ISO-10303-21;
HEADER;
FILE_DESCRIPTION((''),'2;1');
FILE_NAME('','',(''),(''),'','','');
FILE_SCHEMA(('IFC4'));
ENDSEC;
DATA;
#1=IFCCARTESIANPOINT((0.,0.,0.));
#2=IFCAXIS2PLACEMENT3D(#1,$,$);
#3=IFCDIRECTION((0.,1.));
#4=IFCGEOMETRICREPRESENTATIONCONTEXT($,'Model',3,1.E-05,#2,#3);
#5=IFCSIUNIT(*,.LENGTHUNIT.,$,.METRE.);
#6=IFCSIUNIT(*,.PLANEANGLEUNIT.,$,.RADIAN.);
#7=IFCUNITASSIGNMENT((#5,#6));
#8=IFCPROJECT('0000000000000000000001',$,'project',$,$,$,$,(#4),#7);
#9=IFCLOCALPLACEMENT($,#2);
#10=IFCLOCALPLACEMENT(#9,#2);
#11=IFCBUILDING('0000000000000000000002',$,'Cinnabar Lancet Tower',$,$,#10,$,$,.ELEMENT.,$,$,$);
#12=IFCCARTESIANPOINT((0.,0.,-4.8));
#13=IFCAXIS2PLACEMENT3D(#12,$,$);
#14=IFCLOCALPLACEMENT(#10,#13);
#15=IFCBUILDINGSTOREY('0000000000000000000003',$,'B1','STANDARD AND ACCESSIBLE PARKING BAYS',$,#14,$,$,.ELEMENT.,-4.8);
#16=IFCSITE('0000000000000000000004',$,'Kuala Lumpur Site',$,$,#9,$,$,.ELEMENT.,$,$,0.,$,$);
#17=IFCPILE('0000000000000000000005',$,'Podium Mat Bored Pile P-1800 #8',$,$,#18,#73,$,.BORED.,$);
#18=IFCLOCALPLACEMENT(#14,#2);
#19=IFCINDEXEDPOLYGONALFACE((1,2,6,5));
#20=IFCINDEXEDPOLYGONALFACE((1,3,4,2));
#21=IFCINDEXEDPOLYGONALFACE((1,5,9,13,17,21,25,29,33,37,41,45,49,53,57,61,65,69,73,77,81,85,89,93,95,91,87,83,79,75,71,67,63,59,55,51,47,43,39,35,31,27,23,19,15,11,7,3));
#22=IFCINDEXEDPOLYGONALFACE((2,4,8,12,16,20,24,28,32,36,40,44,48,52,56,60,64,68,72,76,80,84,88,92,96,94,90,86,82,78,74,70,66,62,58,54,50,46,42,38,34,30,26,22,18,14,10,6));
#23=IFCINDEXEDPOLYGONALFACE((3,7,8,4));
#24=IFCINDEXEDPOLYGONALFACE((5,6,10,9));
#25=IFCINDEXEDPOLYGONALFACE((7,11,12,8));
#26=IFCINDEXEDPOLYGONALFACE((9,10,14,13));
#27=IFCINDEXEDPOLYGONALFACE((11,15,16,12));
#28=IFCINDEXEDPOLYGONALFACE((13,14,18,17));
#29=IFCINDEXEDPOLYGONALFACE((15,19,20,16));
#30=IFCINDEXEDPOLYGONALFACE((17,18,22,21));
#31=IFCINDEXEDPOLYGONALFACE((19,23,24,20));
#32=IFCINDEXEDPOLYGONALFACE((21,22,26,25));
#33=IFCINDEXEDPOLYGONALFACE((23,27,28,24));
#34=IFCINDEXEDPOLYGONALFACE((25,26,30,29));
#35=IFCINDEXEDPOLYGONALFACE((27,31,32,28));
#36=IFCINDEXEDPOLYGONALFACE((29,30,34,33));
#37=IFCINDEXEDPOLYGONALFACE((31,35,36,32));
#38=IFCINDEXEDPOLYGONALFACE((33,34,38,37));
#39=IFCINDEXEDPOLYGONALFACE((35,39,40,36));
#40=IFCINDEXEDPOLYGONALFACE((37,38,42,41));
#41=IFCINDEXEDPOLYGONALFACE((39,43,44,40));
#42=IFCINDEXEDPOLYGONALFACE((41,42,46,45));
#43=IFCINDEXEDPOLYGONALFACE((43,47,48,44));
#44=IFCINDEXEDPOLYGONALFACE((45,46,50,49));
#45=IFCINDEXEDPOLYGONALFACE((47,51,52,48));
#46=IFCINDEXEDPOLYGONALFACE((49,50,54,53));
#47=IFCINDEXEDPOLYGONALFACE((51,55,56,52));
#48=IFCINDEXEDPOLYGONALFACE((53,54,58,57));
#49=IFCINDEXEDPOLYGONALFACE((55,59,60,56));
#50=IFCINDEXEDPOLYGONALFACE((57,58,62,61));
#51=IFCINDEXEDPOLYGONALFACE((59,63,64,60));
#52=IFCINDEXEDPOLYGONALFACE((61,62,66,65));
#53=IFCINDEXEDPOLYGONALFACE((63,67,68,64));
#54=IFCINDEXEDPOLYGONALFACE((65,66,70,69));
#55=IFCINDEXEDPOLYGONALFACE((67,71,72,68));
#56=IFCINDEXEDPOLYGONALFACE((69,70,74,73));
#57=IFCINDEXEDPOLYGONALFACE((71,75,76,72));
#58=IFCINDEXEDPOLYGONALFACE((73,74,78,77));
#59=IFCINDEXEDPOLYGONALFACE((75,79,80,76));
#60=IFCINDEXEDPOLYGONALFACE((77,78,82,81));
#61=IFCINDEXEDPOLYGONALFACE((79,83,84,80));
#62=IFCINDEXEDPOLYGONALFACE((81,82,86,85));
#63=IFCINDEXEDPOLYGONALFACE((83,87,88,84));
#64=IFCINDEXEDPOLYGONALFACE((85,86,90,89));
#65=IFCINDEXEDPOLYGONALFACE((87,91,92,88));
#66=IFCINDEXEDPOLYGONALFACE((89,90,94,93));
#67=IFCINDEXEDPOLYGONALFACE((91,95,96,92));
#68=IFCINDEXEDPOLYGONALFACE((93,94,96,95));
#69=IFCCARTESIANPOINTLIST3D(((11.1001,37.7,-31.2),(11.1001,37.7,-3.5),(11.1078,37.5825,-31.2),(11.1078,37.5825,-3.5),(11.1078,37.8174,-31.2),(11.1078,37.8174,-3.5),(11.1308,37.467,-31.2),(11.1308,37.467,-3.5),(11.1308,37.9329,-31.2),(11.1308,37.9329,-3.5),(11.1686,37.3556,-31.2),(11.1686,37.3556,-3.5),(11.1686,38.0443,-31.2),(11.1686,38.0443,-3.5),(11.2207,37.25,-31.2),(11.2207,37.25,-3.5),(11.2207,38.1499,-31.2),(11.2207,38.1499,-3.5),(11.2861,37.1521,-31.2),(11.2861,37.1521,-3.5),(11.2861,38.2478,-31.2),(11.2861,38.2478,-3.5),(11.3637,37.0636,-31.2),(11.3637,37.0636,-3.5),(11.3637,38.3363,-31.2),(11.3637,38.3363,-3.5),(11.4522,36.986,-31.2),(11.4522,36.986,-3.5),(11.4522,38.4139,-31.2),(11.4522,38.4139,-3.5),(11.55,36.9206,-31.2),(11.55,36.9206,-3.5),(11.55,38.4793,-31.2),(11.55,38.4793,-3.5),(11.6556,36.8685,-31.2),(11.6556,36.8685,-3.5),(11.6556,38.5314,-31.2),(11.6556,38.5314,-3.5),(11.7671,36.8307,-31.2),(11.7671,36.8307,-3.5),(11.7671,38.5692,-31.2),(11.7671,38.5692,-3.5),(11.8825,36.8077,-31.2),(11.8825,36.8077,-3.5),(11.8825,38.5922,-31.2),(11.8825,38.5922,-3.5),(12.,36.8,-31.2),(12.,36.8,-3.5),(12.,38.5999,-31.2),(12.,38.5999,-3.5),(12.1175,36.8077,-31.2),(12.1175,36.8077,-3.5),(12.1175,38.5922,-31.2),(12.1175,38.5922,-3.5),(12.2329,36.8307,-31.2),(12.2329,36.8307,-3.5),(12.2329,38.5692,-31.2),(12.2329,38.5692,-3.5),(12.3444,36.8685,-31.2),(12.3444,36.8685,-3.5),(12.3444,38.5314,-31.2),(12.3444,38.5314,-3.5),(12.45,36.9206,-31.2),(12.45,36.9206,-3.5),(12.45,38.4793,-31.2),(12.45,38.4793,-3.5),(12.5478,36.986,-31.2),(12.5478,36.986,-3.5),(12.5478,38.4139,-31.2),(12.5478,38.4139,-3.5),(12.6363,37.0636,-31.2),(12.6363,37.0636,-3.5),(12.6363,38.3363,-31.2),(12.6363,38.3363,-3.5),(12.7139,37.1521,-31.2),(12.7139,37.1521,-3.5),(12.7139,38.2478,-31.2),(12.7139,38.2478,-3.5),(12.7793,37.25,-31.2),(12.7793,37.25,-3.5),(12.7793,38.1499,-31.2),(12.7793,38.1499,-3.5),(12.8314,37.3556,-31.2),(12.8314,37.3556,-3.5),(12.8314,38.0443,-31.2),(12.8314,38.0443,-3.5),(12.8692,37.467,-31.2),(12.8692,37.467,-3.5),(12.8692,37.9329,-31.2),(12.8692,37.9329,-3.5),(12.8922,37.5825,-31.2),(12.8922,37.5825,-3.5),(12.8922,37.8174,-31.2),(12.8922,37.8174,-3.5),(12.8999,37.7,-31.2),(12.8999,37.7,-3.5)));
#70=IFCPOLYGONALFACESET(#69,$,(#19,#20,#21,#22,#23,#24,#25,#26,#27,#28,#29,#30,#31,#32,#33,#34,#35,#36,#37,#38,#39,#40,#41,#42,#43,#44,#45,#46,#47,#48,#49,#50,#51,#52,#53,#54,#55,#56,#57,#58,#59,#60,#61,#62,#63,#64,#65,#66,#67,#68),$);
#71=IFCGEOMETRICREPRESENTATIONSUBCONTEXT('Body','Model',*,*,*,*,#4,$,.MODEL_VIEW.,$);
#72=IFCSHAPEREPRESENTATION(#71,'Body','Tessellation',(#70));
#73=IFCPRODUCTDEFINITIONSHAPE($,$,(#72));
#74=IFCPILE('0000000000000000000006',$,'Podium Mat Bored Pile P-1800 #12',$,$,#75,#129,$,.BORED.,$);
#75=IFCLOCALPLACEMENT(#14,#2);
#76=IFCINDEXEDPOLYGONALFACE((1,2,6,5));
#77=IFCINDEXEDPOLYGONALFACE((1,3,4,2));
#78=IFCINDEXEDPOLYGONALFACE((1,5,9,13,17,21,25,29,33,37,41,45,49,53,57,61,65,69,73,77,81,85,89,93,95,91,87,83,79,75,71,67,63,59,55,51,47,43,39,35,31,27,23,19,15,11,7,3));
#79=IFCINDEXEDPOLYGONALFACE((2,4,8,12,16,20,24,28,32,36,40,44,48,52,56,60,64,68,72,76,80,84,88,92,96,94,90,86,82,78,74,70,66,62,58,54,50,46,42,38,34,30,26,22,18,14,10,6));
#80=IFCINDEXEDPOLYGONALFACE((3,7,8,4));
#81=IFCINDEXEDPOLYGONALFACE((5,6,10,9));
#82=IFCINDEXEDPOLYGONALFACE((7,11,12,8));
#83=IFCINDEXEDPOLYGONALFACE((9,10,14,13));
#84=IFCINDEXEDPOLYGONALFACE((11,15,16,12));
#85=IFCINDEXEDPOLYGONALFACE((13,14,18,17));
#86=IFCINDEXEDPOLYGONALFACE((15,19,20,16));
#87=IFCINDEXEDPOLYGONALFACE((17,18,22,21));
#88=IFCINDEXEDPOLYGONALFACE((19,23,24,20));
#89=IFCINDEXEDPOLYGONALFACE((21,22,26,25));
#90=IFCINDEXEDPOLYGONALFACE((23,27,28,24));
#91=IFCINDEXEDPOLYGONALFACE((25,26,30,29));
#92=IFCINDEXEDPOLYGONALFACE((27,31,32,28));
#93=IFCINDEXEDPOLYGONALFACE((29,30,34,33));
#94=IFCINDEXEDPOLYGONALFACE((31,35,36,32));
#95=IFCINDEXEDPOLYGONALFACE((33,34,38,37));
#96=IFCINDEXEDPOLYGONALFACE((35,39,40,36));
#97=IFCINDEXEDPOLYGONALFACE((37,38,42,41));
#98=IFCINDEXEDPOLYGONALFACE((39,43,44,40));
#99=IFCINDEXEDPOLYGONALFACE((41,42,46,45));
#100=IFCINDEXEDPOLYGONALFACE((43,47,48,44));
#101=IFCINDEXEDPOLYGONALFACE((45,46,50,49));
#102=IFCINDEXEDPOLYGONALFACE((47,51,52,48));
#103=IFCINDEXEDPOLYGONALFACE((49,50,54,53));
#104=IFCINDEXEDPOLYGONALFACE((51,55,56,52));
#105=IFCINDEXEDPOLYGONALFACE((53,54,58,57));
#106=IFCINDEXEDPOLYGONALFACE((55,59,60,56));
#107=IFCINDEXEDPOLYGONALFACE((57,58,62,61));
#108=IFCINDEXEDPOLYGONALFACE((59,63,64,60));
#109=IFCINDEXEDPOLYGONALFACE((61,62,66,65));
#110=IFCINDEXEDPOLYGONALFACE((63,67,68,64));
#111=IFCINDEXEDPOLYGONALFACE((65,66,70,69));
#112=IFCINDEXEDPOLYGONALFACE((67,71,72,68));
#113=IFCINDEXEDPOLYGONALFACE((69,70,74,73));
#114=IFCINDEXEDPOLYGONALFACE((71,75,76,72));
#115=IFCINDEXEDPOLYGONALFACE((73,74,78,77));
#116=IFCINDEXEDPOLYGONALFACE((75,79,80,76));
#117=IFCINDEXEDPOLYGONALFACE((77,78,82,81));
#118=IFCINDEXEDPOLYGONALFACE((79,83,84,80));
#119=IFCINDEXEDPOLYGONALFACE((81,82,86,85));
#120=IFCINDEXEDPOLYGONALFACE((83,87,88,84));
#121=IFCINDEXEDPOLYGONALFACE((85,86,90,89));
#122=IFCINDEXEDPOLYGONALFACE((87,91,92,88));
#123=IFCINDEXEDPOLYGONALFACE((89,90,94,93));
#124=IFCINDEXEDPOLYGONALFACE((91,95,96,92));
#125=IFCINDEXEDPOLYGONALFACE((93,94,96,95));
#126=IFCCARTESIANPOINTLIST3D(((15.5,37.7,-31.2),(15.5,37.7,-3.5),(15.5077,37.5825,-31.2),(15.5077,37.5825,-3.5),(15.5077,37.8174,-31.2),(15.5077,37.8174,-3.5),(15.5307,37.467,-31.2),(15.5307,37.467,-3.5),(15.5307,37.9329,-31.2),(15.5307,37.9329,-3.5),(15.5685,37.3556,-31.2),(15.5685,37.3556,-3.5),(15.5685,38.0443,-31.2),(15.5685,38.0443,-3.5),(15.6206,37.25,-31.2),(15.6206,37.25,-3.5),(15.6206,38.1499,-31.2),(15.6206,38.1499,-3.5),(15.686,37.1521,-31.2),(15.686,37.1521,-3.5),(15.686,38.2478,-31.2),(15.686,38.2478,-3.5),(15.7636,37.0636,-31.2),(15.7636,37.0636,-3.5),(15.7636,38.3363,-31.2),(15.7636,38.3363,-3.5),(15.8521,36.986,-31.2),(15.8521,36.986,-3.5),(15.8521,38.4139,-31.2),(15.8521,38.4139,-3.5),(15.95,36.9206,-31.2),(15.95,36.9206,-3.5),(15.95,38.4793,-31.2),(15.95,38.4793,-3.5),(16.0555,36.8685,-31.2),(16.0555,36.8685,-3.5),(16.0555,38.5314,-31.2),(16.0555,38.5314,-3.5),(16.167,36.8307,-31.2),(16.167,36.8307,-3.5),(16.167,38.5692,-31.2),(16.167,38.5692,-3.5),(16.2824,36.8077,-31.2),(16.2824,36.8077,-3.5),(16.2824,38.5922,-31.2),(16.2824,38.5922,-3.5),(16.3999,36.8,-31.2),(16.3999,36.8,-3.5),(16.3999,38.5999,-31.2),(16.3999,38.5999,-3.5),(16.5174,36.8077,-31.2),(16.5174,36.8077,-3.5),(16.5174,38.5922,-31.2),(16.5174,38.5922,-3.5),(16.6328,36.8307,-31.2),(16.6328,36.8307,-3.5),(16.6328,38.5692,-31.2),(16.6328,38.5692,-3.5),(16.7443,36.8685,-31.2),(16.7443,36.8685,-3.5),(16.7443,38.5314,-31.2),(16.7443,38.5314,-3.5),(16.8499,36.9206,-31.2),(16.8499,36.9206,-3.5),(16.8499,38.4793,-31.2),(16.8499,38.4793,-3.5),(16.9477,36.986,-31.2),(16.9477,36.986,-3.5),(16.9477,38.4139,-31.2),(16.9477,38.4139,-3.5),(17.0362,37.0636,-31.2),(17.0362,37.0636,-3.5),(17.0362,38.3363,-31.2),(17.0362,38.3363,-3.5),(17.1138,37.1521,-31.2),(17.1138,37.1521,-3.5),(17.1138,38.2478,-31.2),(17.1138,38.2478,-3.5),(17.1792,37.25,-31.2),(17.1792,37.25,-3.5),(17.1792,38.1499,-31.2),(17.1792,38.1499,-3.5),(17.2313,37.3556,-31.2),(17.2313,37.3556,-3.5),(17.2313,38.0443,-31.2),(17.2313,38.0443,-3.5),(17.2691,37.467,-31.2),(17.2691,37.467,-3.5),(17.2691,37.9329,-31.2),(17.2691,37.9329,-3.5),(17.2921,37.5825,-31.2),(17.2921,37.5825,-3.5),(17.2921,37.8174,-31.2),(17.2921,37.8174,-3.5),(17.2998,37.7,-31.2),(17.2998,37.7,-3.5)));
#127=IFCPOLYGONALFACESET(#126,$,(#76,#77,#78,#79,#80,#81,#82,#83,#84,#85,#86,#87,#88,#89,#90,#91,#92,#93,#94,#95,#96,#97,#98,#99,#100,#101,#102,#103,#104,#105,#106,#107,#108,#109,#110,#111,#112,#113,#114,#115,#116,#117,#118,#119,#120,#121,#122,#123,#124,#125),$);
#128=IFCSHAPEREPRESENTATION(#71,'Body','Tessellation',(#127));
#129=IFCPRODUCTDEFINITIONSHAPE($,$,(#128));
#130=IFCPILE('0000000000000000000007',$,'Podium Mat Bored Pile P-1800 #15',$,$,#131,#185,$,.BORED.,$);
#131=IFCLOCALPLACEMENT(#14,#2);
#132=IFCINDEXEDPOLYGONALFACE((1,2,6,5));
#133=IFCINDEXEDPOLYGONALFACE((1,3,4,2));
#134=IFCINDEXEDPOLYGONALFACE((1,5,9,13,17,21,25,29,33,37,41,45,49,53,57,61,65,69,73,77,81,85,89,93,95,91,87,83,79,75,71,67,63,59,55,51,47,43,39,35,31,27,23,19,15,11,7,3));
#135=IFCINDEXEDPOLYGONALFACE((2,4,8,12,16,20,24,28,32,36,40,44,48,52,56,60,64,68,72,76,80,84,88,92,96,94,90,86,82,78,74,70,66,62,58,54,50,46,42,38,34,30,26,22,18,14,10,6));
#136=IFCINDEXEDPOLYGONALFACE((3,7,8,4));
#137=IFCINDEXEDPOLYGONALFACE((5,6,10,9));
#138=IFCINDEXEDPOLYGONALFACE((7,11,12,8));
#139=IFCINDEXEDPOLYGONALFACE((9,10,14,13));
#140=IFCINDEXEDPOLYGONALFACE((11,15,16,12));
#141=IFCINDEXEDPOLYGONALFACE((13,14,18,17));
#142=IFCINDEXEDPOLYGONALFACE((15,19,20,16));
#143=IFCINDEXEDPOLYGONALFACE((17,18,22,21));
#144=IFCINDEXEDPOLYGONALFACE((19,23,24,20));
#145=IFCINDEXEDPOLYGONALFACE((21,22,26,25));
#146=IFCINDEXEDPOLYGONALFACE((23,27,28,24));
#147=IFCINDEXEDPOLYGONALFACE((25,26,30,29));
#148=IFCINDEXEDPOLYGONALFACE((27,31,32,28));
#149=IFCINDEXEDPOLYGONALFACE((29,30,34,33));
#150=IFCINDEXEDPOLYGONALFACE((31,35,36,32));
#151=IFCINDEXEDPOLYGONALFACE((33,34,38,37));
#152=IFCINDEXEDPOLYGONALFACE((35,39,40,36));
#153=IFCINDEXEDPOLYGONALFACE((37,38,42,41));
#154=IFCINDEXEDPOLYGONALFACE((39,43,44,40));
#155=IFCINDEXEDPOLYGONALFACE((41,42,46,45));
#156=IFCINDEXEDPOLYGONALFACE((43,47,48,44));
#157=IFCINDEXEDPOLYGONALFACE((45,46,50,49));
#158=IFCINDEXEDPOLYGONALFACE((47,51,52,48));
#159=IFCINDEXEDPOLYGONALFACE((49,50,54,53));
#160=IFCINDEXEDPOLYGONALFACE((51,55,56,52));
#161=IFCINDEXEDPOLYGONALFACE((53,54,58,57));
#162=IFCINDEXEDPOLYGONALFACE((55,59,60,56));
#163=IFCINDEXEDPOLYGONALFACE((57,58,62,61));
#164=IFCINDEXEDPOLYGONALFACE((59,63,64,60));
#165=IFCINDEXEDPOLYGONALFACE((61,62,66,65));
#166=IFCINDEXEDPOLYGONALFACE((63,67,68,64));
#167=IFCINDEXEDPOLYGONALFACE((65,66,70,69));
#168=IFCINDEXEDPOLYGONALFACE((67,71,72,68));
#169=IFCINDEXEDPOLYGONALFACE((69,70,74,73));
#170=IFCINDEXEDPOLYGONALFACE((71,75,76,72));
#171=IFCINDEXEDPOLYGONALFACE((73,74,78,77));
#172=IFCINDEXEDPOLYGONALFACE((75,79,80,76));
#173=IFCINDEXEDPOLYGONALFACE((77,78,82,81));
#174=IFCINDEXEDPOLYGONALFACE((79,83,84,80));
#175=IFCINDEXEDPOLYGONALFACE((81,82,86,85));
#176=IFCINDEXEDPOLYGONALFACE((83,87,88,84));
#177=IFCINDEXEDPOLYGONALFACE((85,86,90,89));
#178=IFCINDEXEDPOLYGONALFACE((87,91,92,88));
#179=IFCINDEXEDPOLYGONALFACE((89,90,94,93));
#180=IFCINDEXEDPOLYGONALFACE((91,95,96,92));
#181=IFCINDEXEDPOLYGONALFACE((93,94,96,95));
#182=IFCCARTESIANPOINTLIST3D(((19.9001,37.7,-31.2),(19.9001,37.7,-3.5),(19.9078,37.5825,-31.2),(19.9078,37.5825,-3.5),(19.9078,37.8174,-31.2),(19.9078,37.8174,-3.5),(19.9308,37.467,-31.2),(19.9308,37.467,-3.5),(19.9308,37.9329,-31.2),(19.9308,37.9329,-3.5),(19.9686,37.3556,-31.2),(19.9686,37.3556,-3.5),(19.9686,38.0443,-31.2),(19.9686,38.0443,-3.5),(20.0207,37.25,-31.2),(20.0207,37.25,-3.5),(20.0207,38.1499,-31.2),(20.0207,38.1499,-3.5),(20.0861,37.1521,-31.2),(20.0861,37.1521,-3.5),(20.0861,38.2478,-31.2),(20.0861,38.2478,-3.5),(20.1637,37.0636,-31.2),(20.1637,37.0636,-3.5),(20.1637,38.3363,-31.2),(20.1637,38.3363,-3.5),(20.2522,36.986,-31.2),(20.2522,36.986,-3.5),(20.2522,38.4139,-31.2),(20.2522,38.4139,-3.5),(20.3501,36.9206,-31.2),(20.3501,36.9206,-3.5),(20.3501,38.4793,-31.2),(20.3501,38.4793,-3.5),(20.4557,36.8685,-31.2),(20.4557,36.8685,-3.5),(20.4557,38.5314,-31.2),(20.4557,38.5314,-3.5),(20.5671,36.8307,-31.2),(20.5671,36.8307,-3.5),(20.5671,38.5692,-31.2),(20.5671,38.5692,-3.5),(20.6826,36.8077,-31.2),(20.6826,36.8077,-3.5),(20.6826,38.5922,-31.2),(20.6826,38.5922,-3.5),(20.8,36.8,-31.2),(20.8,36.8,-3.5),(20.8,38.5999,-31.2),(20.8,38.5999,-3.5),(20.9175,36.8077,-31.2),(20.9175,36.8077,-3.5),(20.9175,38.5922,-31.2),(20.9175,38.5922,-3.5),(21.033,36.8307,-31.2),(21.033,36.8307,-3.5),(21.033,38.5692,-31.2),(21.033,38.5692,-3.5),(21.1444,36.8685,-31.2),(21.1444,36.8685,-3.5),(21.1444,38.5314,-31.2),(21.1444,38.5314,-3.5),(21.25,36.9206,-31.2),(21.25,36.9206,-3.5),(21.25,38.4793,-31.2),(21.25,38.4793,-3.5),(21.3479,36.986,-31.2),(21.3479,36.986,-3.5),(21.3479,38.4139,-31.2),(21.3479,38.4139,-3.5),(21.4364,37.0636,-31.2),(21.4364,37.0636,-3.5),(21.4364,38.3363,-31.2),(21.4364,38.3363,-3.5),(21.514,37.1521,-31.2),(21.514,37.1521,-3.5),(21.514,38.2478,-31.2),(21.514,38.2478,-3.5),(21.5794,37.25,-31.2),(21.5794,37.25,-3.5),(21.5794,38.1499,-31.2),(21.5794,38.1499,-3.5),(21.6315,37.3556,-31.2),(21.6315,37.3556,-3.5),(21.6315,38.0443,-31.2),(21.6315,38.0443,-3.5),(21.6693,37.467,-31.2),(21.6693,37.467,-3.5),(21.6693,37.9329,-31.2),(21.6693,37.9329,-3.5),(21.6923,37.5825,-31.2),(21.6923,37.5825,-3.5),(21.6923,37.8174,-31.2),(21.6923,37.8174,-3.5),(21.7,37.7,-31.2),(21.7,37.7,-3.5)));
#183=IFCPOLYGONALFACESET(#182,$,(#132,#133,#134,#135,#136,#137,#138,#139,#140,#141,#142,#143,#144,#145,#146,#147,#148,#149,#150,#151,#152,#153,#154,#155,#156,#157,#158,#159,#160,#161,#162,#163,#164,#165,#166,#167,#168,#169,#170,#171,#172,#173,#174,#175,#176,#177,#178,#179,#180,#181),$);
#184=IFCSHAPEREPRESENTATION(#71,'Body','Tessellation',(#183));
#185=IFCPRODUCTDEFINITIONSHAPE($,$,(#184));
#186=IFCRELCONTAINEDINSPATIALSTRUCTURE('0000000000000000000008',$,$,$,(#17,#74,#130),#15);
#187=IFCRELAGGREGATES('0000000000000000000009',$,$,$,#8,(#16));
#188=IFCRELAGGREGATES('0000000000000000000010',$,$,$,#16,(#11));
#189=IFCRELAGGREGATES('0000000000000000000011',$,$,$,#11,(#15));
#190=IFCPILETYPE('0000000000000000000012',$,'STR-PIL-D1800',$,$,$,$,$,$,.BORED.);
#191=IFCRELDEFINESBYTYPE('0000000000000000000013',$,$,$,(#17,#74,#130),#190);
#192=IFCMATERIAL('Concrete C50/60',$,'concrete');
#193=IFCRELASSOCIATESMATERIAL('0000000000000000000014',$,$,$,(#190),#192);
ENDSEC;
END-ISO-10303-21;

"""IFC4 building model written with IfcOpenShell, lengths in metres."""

from ifc_helpers import new_model, si_unit, direction, frame, origin, origin_2d, place, context, subcontext, project, spatial, circle, extrude, material, material_profile, profile_set, type_object, element, save


model = new_model("IFC4")

# Units and contexts
model_context = context("Model", 3, precision=1e-05, world=origin(), true_north=direction((0.0, 1.0)))
body_context = subcontext(model_context, "Body", "Model", "MODEL_VIEW")
ifc_project = project(units=[si_unit("LENGTHUNIT", "METRE"), si_unit("PLANEANGLEUNIT", "RADIAN")], contexts=[model_context])

# Site, building, storey
site_placement = place(None, origin())
site = spatial("IfcSite", under=ifc_project, at=site_placement, Name="Kuala Lumpur Site", CompositionType="ELEMENT", RefElevation=0.0)
building_placement = place(site_placement, origin())
building = spatial("IfcBuilding", under=site, at=building_placement, Name="Cinnabar Lancet Tower", CompositionType="ELEMENT")
storey_placement = place(building_placement, frame((0.0, 0.0, -4.8)))
storey = spatial("IfcBuildingStorey", under=building, at=storey_placement, Name="B1", Description="STANDARD AND ACCESSIBLE PARKING BAYS", CompositionType="ELEMENT", Elevation=-4.8)

# Piles
ifc_material_1 = material(Name="Concrete C50/60", Category="concrete")
ifc_material_profile_1 = material_profile(ifc_material_1, circle(Radius=0.8999, at=origin_2d()), Name="PILE D1800")
ifc_profile_set_1 = profile_set([ifc_material_profile_1], Name="Concrete C50/60")
pile_type_1 = type_object("IfcPileType", Name="STR-PIL-D1800", PredefinedType="BORED", material=ifc_profile_set_1)
for number, where, z_axis, x_axis, name in (
    (1, (12.0, 37.7, -3.5), (0.0, 0.0, -1.0), (1.0, 0.0, 0.0), "Podium Mat Bored Pile P-1800 #8"),
    (2, (16.3999, 37.7, -3.5), (0.0, 0.0, -1.0), (1.0, 0.0, 0.0), "Podium Mat Bored Pile P-1800 #12"),
    (3, (20.8, 37.7, -3.5), (0.0, 0.0, -1.0), (1.0, 0.0, 0.0), "Podium Mat Bored Pile P-1800 #15"),
):
    element("IfcPile", number, at=place(storey_placement, frame(where, z_axis=z_axis, x_axis=x_axis)), inside=storey, type_object=pile_type_1, Name=name, PredefinedType="BORED", context=body_context, shape_type="SweptSolid", body=[
        extrude(circle(Radius=0.8999, at=origin_2d()), origin(), (0.0, 0.0, 1.0), 27.7),
    ])

save(model, "model.ifc")
